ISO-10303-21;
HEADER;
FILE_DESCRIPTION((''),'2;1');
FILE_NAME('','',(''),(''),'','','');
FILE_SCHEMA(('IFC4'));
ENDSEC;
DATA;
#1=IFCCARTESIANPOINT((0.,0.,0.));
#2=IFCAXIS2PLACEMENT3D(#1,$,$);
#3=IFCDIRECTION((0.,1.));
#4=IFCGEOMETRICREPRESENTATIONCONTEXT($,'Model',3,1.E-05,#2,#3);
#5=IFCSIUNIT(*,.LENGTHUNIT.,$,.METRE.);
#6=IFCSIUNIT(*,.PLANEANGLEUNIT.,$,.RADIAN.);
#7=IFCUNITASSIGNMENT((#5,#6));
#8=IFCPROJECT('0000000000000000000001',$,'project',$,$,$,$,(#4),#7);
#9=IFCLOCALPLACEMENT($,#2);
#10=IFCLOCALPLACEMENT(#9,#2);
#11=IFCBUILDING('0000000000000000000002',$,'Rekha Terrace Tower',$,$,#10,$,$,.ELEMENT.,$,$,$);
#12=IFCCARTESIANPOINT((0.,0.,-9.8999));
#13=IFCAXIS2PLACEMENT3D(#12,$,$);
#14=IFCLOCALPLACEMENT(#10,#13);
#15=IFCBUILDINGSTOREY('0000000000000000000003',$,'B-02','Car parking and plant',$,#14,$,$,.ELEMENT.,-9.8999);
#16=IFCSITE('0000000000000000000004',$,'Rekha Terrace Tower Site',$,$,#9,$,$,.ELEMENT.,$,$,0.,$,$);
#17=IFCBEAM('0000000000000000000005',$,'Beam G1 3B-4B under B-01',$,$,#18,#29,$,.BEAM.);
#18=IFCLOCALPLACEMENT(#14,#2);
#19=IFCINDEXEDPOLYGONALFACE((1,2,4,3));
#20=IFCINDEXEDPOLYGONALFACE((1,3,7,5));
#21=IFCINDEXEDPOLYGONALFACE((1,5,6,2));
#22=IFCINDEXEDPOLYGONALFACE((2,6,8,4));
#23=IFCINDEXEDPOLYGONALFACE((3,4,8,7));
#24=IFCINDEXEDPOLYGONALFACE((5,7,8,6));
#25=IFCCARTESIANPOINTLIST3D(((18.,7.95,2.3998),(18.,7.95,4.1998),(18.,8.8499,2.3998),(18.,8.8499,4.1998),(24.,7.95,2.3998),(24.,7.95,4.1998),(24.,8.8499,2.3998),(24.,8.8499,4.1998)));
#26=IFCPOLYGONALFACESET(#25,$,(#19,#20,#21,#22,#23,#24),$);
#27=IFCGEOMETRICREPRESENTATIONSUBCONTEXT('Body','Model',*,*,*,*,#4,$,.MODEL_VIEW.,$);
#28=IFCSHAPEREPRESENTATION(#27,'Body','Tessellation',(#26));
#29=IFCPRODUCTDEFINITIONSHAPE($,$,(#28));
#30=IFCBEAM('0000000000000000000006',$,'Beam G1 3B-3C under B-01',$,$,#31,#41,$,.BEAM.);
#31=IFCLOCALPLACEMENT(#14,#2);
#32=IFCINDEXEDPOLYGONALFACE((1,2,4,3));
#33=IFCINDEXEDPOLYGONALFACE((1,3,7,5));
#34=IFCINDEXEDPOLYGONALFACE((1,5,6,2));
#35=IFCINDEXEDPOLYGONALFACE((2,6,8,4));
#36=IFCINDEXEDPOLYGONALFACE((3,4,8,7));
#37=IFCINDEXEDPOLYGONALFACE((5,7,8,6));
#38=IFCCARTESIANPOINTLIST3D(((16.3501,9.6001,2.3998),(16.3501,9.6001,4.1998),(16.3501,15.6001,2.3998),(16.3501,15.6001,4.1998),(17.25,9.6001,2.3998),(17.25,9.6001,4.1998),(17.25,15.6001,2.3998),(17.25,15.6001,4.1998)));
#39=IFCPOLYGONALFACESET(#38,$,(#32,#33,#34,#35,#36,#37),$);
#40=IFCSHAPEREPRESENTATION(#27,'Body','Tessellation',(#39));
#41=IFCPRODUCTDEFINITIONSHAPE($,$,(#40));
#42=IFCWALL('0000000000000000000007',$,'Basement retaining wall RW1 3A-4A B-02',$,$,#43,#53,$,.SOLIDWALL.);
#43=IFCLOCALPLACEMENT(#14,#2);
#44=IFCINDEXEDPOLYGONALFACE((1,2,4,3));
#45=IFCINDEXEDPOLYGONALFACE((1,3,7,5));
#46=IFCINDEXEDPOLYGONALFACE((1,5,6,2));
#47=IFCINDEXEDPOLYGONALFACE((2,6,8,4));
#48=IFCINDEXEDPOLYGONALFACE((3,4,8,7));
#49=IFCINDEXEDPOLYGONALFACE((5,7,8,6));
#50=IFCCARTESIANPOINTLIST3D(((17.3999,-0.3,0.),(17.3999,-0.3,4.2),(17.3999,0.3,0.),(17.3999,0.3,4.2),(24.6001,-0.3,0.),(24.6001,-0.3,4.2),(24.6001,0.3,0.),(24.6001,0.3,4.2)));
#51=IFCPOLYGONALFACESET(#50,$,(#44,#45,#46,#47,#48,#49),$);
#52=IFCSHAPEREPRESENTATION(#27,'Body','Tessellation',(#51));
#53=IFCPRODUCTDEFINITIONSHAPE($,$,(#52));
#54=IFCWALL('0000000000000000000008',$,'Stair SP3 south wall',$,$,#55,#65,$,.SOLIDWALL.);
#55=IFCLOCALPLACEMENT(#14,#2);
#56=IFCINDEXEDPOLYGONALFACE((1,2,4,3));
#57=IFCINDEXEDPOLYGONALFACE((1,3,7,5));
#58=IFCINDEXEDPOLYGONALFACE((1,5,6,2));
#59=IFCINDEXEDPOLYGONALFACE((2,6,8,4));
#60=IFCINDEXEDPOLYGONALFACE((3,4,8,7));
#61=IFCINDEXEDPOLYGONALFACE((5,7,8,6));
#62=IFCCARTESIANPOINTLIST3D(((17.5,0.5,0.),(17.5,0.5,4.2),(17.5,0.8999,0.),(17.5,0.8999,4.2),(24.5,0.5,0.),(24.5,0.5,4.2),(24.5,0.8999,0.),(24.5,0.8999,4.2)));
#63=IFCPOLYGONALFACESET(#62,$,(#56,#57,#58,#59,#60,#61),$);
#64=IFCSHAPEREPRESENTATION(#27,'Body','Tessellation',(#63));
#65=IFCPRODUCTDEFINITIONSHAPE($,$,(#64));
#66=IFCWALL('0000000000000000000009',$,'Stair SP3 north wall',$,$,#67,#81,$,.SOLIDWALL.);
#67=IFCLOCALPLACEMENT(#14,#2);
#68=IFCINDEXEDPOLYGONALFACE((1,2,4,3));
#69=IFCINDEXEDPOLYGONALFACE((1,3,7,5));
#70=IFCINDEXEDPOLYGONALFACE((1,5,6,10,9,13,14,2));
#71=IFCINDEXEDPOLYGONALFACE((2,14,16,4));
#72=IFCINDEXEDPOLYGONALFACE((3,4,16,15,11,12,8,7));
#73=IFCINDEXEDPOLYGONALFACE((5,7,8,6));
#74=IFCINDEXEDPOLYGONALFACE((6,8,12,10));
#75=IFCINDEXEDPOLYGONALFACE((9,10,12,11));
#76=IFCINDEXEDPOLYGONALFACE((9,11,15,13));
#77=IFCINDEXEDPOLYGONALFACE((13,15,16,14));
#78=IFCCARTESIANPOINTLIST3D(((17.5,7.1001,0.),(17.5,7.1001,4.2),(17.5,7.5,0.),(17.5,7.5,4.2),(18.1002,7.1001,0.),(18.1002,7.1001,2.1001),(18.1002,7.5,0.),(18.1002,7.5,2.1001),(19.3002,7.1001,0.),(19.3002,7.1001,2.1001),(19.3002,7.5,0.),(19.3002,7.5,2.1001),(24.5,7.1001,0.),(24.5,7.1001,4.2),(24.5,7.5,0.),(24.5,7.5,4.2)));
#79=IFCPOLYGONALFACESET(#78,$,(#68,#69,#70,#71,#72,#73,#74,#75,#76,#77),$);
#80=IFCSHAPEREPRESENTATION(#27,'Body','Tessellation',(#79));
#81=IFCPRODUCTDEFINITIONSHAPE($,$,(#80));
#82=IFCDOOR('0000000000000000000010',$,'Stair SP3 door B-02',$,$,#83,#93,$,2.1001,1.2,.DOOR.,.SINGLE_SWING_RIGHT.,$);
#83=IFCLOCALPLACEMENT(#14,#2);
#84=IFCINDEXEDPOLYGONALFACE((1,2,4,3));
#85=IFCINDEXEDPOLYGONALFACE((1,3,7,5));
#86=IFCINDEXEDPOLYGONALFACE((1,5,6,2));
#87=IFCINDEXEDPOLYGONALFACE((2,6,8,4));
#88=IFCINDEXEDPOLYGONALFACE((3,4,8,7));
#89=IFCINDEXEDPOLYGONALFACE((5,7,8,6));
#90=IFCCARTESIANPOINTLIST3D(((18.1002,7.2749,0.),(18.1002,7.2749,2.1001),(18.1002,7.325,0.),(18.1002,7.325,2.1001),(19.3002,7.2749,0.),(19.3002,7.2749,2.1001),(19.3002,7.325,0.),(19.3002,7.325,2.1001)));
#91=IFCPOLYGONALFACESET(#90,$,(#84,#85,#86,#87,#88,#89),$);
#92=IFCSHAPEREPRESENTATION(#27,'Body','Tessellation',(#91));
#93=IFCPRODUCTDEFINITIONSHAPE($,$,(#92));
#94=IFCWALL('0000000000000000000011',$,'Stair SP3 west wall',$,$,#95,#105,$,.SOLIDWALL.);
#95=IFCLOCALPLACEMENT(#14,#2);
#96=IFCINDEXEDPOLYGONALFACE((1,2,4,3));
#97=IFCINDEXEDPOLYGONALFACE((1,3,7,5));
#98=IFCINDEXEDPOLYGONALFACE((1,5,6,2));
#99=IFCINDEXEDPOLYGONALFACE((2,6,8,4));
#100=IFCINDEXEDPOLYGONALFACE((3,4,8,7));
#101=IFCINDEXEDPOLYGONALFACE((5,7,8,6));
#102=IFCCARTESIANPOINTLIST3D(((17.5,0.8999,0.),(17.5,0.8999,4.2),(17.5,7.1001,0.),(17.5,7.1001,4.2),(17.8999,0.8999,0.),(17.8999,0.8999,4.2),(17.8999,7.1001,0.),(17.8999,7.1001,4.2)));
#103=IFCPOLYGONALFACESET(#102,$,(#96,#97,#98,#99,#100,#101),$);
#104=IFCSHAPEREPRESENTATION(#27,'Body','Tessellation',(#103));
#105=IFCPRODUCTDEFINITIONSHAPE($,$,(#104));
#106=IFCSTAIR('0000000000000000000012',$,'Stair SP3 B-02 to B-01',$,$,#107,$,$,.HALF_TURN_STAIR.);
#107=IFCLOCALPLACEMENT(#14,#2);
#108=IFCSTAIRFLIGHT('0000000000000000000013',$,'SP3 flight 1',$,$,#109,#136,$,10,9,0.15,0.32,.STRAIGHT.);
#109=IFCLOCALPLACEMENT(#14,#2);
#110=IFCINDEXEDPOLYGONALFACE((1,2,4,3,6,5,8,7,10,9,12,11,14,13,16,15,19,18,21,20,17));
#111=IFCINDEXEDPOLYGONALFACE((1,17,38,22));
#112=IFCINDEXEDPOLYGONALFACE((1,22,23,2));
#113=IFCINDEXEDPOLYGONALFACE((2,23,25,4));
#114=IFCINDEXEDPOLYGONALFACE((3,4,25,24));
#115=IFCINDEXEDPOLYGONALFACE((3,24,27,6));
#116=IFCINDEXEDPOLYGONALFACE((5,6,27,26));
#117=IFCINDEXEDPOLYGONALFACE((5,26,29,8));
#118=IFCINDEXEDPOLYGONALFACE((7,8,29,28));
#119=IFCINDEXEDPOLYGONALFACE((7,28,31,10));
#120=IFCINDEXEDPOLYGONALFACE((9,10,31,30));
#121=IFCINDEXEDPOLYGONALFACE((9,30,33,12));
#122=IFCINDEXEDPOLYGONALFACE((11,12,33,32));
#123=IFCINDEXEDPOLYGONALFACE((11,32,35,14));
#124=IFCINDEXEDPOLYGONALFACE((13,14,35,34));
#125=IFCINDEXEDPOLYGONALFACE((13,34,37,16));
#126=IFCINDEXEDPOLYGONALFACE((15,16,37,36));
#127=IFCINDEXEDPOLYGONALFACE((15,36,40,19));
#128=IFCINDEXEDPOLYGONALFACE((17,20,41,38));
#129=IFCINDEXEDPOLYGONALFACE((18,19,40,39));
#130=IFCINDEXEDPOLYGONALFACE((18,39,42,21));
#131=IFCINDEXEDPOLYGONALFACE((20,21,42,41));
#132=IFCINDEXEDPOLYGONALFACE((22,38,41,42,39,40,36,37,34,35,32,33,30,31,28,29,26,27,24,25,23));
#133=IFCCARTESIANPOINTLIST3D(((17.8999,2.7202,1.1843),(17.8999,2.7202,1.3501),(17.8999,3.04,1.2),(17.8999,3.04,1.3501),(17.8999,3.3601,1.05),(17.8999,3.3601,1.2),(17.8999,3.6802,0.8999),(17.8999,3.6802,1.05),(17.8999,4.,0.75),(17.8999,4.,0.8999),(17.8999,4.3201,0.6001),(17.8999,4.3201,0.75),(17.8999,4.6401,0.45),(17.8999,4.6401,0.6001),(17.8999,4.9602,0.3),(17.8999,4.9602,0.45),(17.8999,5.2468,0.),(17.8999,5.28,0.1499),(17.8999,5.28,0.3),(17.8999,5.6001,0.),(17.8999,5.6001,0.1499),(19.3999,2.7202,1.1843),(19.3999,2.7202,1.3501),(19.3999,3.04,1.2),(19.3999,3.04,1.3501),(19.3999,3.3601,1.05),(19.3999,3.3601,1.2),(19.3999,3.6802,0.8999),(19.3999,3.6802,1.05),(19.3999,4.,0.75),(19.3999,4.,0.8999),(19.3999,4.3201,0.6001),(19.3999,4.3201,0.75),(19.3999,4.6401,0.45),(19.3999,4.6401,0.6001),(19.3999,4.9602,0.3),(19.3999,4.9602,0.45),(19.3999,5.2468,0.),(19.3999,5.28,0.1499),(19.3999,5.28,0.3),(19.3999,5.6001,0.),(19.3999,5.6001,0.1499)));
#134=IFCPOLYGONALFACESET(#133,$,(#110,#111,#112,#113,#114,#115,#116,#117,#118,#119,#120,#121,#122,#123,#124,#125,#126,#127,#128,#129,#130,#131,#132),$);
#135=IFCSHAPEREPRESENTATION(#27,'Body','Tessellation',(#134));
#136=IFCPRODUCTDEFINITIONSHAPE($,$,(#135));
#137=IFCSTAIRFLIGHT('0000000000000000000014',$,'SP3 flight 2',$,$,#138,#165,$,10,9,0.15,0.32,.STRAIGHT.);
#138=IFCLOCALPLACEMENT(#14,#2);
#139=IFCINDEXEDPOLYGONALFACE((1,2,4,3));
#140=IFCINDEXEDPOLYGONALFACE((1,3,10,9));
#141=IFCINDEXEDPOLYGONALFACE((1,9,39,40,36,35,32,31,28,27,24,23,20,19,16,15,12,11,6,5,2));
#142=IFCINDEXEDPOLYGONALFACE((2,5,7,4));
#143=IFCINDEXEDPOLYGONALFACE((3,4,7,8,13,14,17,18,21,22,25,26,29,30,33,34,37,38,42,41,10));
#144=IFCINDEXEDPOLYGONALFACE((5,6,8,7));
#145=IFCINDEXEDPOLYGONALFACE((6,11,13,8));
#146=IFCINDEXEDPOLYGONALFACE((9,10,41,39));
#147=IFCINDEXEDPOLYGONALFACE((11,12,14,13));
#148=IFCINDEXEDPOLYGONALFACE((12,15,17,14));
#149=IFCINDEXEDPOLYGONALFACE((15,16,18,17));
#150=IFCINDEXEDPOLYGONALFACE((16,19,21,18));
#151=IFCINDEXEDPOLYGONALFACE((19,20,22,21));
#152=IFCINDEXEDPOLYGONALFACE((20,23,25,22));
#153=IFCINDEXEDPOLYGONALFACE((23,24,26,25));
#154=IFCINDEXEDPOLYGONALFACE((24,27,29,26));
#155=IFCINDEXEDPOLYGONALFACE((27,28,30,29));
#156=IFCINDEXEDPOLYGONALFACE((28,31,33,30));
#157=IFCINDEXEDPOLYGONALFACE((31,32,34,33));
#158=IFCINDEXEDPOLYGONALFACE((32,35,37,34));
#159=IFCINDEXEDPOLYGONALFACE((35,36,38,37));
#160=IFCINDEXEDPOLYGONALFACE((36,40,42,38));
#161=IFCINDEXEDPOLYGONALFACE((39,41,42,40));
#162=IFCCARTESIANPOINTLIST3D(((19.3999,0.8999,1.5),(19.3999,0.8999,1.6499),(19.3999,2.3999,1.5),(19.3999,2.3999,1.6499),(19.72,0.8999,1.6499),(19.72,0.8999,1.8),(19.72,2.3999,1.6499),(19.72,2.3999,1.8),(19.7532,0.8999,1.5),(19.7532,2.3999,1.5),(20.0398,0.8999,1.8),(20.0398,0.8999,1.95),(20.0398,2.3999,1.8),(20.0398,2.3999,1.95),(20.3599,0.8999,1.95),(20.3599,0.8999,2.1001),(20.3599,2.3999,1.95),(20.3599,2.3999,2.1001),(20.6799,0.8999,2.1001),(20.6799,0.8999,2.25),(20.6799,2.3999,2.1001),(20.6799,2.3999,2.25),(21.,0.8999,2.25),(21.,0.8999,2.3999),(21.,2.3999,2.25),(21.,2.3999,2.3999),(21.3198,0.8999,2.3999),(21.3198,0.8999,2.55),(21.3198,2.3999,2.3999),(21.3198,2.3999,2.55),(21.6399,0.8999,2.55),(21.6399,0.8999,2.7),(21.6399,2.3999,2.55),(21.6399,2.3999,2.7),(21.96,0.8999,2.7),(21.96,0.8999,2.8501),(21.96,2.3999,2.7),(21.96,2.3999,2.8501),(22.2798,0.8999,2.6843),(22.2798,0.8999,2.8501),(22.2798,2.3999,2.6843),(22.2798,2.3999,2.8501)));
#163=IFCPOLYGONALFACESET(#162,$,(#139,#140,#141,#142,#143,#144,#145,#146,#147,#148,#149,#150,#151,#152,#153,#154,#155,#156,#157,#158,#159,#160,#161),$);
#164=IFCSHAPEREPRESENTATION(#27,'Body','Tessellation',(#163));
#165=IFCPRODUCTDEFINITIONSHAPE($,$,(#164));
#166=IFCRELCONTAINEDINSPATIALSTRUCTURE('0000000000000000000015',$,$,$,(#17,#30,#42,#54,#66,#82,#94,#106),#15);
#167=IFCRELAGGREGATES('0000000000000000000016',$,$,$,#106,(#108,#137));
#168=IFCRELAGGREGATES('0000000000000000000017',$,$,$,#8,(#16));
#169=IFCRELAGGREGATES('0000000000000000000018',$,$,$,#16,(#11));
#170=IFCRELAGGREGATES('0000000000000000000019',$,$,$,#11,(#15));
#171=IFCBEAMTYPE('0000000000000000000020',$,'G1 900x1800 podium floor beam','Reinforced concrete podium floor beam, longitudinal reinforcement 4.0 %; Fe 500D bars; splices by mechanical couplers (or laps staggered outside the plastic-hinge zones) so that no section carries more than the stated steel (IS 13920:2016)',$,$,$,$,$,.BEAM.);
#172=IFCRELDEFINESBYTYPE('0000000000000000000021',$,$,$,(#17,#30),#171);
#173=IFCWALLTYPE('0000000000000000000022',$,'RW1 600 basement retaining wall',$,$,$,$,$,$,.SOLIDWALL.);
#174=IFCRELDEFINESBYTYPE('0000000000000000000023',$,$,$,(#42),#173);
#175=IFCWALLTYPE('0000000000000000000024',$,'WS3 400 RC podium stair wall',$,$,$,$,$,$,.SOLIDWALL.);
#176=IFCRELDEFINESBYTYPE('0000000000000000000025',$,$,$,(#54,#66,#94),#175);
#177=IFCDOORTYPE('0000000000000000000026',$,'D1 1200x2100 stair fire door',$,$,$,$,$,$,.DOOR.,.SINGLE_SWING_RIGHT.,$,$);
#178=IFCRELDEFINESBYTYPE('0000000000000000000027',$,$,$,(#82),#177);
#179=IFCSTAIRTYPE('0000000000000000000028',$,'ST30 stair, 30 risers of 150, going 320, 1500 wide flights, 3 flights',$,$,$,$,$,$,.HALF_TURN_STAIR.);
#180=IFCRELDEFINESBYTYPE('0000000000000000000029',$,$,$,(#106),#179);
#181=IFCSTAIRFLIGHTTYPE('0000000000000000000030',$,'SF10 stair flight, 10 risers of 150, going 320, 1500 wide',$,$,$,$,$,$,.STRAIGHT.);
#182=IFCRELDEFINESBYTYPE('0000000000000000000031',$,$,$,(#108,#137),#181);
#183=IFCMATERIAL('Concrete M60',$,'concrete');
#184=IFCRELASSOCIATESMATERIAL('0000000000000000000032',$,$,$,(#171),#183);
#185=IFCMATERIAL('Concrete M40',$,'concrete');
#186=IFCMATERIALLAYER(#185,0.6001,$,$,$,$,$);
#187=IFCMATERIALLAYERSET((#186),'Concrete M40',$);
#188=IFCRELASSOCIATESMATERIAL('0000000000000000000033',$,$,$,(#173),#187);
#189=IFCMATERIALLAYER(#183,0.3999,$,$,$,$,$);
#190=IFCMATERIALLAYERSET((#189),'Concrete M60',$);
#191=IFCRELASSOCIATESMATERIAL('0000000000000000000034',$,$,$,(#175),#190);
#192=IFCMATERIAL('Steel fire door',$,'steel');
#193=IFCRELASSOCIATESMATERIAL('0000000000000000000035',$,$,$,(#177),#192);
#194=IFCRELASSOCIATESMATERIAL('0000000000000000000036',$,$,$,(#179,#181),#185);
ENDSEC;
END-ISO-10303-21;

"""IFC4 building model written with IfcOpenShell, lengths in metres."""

from ifc_helpers import new_model, si_unit, direction, frame, frame_2d, origin, origin_2d, place, context, subcontext, project, spatial, polyline, rectangle, outline, extrude, material, layer, layer_set, material_profile, profile_set, type_object, element, fill, aggregate, save


model = new_model("IFC4")

# Units and contexts
model_context = context("Model", 3, precision=1e-05, world=origin(), true_north=direction((0.0, 1.0)))
body_context = subcontext(model_context, "Body", "Model", "MODEL_VIEW")
ifc_project = project(units=[si_unit("LENGTHUNIT", "METRE"), si_unit("PLANEANGLEUNIT", "RADIAN")], contexts=[model_context])

# Site, building, storey
site_placement = place(None, origin())
site = spatial("IfcSite", under=ifc_project, at=site_placement, Name="Rekha Terrace Tower Site", CompositionType="ELEMENT", RefElevation=0.0)
building_placement = place(site_placement, origin())
building = spatial("IfcBuilding", under=site, at=building_placement, Name="Rekha Terrace Tower", CompositionType="ELEMENT")
storey_placement = place(building_placement, frame((0.0, 0.0, -9.8999)))
storey = spatial("IfcBuildingStorey", under=building, at=storey_placement, Name="B-02", Description="Car parking and plant", CompositionType="ELEMENT", Elevation=-9.8999)

# Shared definitions
ifc_material_1 = material(Name="Concrete M60", Category="concrete")

# Beams
ifc_material_profile_1 = material_profile(ifc_material_1, rectangle(XDim=0.8999, YDim=1.8, at=origin_2d()), Name="RC 900x1800")
ifc_profile_set_1 = profile_set([ifc_material_profile_1], Name="Concrete M60")
beam_type = type_object("IfcBeamType", Name="G1 900x1800 podium floor beam", Description="Reinforced concrete podium floor beam, longitudinal reinforcement 4.0 %; Fe 500D bars; splices by mechanical couplers (or laps staggered outside the plastic-hinge zones) so that no section carries more than the stated steel (IS 13920:2016)", PredefinedType="BEAM", material=ifc_profile_set_1)
for number, where, z_axis, x_axis, name in (
    (1, (18.0, 8.3999, 3.2998), (1.0, 0.0, 0.0), (0.0, 1.0, 0.0), "Beam G1 3B-4B under B-01"),
    (2, (16.8, 9.6001, 3.2998), (0.0, 1.0, 0.0), (-1.0, 0.0, 0.0), "Beam G1 3B-3C under B-01"),
):
    element("IfcBeam", number, at=place(storey_placement, frame(where, z_axis=z_axis, x_axis=x_axis)), inside=storey, type_object=beam_type, Name=name, PredefinedType="BEAM", context=body_context, shape_type="SweptSolid", body=[
        extrude(rectangle(XDim=0.8999, YDim=1.8, at=origin_2d()), origin(), (0.0, 0.0, 1.0), 6.0),
    ])

# Walls
ifc_material_2 = material(Name="Concrete M40", Category="concrete")
ifc_layer_1 = layer(ifc_material_2, 0.6001)
ifc_layer_set_1 = layer_set([ifc_layer_1], Name="Concrete M40")
wall_type_1 = type_object("IfcWallType", Name="RW1 600 basement retaining wall", PredefinedType="SOLIDWALL", material=ifc_layer_set_1)
wall_1_placement = place(storey_placement, frame((17.3999, 0.0, 0.0), z_axis=(0.0, 0.0, 1.0), x_axis=(1.0, 0.0, 0.0)))
element("IfcWall", 3, at=wall_1_placement, inside=storey, type_object=wall_type_1, Name="Basement retaining wall RW1 3A-4A B-02", PredefinedType="SOLIDWALL", context=body_context, shape_type="SweptSolid", body=[
    extrude(rectangle(XDim=7.2002, YDim=0.6001, at=frame_2d((3.6001, 0.0))), origin(), (0.0, 0.0, 1.0), 4.2),
])
ifc_layer_2 = layer(ifc_material_1, 0.3999)
ifc_layer_set_2 = layer_set([ifc_layer_2], Name="Concrete M60")
wall_type_2 = type_object("IfcWallType", Name="WS3 400 RC podium stair wall", PredefinedType="SOLIDWALL", material=ifc_layer_set_2)
wall_2_placement = place(storey_placement, frame((17.5, 0.7, 0.0), z_axis=(0.0, 0.0, 1.0), x_axis=(1.0, 0.0, 0.0)))
element("IfcWall", 4, at=wall_2_placement, inside=storey, type_object=wall_type_2, Name="Stair SP3 south wall", PredefinedType="SOLIDWALL", context=body_context, shape_type="SweptSolid", body=[
    extrude(rectangle(XDim=7.0, YDim=0.3999, at=frame_2d((3.5, 0.0))), origin(), (0.0, 0.0, 1.0), 4.2),
])

# Wall, opening, door
wall_3_placement = place(storey_placement, frame((17.5, 7.3, 0.0), z_axis=(0.0, 0.0, 1.0), x_axis=(1.0, 0.0, 0.0)))
wall_3 = element("IfcWall", 5, at=wall_3_placement, inside=storey, type_object=wall_type_2, Name="Stair SP3 north wall", PredefinedType="SOLIDWALL", context=body_context, shape_type="SweptSolid", body=[
    extrude(rectangle(XDim=7.0, YDim=0.3999, at=frame_2d((3.5, 0.0))), origin(), (0.0, 0.0, 1.0), 4.2),
])
opening_placement = place(wall_3_placement, frame((0.6001, 0.0, 0.0)))
opening = element("IfcOpeningElement", 6, at=opening_placement, cuts=wall_3, PredefinedType="OPENING", context=body_context, shape_type="SweptSolid", body=[
    extrude(rectangle(XDim=1.2, YDim=2.1001, at=frame_2d((0.6001, 1.05))), frame((0.0, 0.21, 0.0), z_axis=(0.0, -1.0, 0.0), x_axis=(1.0, 0.0, 0.0)), (0.0, 0.0, 1.0), 0.4199),
])
ifc_material_3 = material(Name="Steel fire door", Category="steel")
door_type = type_object("IfcDoorType", Name="D1 1200x2100 stair fire door", OperationType="SINGLE_SWING_RIGHT", PredefinedType="DOOR", material=ifc_material_3)
door_placement = place(opening_placement, origin())
door = element("IfcDoor", 7, at=door_placement, inside=storey, type_object=door_type, Name="Stair SP3 door B-02", OperationType="SINGLE_SWING_RIGHT", OverallHeight=2.1001, OverallWidth=1.2, PredefinedType="DOOR", context=body_context, shape_type="SweptSolid", body=[
    extrude(rectangle(XDim=1.2, YDim=2.1001, at=frame_2d((0.6001, 1.05))), frame((0.0, 0.0249, 0.0), z_axis=(0.0, -1.0, 0.0), x_axis=(1.0, 0.0, 0.0)), (0.0, 0.0, 1.0), 0.05),
])
fill(opening, door)

# Wall
wall_4_placement = place(storey_placement, frame((17.7, 0.8999, 0.0), z_axis=(0.0, 0.0, 1.0), x_axis=(0.0, 1.0, 0.0)))
element("IfcWall", 8, at=wall_4_placement, inside=storey, type_object=wall_type_2, Name="Stair SP3 west wall", PredefinedType="SOLIDWALL", context=body_context, shape_type="SweptSolid", body=[
    extrude(rectangle(XDim=6.2002, YDim=0.3999, at=frame_2d((3.1001, 0.0))), origin(), (0.0, 0.0, 1.0), 4.2),
])

# Stair, stair flights
stair_type = type_object("IfcStairType", Name="ST30 stair, 30 risers of 150, going 320, 1500 wide flights, 3 flights", PredefinedType="HALF_TURN_STAIR", material=ifc_material_2)
stair_placement = place(storey_placement, origin())
stair = element("IfcStair", 9, at=stair_placement, inside=storey, type_object=stair_type, Name="Stair SP3 B-02 to B-01", PredefinedType="HALF_TURN_STAIR")
stair_flight_type = type_object("IfcStairFlightType", Name="SF10 stair flight, 10 risers of 150, going 320, 1500 wide", PredefinedType="STRAIGHT", material=ifc_material_2)
stair_flight_1_placement = place(storey_placement, frame((18.6499, 5.6001, 0.0), z_axis=(0.0, 0.0, 1.0), x_axis=(0.0, -1.0, 0.0)))
stair_flight_1 = element("IfcStairFlight", 10, at=stair_flight_1_placement, type_object=stair_flight_type, Name="SP3 flight 1", NumberOfRisers=10, NumberOfTreads=9, PredefinedType="STRAIGHT", RiserHeight=0.15, TreadLength=0.32, context=body_context, shape_type="SweptSolid", body=[
    extrude(outline(polyline([(0.0, 0.0), (0.0, 0.1499), (0.3201, 0.1499), (0.3201, 0.3), (0.6399, 0.3), (0.6399, 0.45), (0.96, 0.45), (0.96, 0.6001), (1.28, 0.6001), (1.28, 0.75), (1.6001, 0.75), (1.6001, 0.8999), (1.9199, 0.8999), (1.9199, 1.05), (2.24, 1.05), (2.24, 1.2), (2.5601, 1.2), (2.5601, 1.3501), (2.8799, 1.3501), (2.8799, 1.5), (2.8799, 1.1843), (0.3533, 0.0), (0.0, 0.0)])), frame((0.0, 0.75, 0.0), z_axis=(0.0, -1.0, 0.0), x_axis=(1.0, 0.0, 0.0)), (0.0, 0.0, 1.0), 1.5),
])
stair_flight_2_placement = place(storey_placement, frame((19.3999, 1.6499, 1.5), z_axis=(0.0, 0.0, 1.0), x_axis=(1.0, 0.0, 0.0)))
stair_flight_2 = element("IfcStairFlight", 11, at=stair_flight_2_placement, type_object=stair_flight_type, Name="SP3 flight 2", NumberOfRisers=10, NumberOfTreads=9, PredefinedType="STRAIGHT", RiserHeight=0.15, TreadLength=0.32, context=body_context, shape_type="SweptSolid", body=[
    extrude(outline(polyline([(0.0, 0.0), (0.0, 0.1499), (0.3201, 0.1499), (0.3201, 0.3), (0.6399, 0.3), (0.6399, 0.45), (0.96, 0.45), (0.96, 0.6001), (1.28, 0.6001), (1.28, 0.75), (1.6001, 0.75), (1.6001, 0.8999), (1.9199, 0.8999), (1.9199, 1.05), (2.24, 1.05), (2.24, 1.2), (2.5601, 1.2), (2.5601, 1.3501), (2.8799, 1.3501), (2.8799, 1.5), (2.8799, 1.1843), (0.3533, 0.0), (0.0, 0.0)])), frame((0.0, 0.75, 0.0), z_axis=(0.0, -1.0, 0.0), x_axis=(1.0, 0.0, 0.0)), (0.0, 0.0, 1.0), 1.5),
])
aggregate(stair, [stair_flight_1, stair_flight_2])

save(model, "model.ifc")
